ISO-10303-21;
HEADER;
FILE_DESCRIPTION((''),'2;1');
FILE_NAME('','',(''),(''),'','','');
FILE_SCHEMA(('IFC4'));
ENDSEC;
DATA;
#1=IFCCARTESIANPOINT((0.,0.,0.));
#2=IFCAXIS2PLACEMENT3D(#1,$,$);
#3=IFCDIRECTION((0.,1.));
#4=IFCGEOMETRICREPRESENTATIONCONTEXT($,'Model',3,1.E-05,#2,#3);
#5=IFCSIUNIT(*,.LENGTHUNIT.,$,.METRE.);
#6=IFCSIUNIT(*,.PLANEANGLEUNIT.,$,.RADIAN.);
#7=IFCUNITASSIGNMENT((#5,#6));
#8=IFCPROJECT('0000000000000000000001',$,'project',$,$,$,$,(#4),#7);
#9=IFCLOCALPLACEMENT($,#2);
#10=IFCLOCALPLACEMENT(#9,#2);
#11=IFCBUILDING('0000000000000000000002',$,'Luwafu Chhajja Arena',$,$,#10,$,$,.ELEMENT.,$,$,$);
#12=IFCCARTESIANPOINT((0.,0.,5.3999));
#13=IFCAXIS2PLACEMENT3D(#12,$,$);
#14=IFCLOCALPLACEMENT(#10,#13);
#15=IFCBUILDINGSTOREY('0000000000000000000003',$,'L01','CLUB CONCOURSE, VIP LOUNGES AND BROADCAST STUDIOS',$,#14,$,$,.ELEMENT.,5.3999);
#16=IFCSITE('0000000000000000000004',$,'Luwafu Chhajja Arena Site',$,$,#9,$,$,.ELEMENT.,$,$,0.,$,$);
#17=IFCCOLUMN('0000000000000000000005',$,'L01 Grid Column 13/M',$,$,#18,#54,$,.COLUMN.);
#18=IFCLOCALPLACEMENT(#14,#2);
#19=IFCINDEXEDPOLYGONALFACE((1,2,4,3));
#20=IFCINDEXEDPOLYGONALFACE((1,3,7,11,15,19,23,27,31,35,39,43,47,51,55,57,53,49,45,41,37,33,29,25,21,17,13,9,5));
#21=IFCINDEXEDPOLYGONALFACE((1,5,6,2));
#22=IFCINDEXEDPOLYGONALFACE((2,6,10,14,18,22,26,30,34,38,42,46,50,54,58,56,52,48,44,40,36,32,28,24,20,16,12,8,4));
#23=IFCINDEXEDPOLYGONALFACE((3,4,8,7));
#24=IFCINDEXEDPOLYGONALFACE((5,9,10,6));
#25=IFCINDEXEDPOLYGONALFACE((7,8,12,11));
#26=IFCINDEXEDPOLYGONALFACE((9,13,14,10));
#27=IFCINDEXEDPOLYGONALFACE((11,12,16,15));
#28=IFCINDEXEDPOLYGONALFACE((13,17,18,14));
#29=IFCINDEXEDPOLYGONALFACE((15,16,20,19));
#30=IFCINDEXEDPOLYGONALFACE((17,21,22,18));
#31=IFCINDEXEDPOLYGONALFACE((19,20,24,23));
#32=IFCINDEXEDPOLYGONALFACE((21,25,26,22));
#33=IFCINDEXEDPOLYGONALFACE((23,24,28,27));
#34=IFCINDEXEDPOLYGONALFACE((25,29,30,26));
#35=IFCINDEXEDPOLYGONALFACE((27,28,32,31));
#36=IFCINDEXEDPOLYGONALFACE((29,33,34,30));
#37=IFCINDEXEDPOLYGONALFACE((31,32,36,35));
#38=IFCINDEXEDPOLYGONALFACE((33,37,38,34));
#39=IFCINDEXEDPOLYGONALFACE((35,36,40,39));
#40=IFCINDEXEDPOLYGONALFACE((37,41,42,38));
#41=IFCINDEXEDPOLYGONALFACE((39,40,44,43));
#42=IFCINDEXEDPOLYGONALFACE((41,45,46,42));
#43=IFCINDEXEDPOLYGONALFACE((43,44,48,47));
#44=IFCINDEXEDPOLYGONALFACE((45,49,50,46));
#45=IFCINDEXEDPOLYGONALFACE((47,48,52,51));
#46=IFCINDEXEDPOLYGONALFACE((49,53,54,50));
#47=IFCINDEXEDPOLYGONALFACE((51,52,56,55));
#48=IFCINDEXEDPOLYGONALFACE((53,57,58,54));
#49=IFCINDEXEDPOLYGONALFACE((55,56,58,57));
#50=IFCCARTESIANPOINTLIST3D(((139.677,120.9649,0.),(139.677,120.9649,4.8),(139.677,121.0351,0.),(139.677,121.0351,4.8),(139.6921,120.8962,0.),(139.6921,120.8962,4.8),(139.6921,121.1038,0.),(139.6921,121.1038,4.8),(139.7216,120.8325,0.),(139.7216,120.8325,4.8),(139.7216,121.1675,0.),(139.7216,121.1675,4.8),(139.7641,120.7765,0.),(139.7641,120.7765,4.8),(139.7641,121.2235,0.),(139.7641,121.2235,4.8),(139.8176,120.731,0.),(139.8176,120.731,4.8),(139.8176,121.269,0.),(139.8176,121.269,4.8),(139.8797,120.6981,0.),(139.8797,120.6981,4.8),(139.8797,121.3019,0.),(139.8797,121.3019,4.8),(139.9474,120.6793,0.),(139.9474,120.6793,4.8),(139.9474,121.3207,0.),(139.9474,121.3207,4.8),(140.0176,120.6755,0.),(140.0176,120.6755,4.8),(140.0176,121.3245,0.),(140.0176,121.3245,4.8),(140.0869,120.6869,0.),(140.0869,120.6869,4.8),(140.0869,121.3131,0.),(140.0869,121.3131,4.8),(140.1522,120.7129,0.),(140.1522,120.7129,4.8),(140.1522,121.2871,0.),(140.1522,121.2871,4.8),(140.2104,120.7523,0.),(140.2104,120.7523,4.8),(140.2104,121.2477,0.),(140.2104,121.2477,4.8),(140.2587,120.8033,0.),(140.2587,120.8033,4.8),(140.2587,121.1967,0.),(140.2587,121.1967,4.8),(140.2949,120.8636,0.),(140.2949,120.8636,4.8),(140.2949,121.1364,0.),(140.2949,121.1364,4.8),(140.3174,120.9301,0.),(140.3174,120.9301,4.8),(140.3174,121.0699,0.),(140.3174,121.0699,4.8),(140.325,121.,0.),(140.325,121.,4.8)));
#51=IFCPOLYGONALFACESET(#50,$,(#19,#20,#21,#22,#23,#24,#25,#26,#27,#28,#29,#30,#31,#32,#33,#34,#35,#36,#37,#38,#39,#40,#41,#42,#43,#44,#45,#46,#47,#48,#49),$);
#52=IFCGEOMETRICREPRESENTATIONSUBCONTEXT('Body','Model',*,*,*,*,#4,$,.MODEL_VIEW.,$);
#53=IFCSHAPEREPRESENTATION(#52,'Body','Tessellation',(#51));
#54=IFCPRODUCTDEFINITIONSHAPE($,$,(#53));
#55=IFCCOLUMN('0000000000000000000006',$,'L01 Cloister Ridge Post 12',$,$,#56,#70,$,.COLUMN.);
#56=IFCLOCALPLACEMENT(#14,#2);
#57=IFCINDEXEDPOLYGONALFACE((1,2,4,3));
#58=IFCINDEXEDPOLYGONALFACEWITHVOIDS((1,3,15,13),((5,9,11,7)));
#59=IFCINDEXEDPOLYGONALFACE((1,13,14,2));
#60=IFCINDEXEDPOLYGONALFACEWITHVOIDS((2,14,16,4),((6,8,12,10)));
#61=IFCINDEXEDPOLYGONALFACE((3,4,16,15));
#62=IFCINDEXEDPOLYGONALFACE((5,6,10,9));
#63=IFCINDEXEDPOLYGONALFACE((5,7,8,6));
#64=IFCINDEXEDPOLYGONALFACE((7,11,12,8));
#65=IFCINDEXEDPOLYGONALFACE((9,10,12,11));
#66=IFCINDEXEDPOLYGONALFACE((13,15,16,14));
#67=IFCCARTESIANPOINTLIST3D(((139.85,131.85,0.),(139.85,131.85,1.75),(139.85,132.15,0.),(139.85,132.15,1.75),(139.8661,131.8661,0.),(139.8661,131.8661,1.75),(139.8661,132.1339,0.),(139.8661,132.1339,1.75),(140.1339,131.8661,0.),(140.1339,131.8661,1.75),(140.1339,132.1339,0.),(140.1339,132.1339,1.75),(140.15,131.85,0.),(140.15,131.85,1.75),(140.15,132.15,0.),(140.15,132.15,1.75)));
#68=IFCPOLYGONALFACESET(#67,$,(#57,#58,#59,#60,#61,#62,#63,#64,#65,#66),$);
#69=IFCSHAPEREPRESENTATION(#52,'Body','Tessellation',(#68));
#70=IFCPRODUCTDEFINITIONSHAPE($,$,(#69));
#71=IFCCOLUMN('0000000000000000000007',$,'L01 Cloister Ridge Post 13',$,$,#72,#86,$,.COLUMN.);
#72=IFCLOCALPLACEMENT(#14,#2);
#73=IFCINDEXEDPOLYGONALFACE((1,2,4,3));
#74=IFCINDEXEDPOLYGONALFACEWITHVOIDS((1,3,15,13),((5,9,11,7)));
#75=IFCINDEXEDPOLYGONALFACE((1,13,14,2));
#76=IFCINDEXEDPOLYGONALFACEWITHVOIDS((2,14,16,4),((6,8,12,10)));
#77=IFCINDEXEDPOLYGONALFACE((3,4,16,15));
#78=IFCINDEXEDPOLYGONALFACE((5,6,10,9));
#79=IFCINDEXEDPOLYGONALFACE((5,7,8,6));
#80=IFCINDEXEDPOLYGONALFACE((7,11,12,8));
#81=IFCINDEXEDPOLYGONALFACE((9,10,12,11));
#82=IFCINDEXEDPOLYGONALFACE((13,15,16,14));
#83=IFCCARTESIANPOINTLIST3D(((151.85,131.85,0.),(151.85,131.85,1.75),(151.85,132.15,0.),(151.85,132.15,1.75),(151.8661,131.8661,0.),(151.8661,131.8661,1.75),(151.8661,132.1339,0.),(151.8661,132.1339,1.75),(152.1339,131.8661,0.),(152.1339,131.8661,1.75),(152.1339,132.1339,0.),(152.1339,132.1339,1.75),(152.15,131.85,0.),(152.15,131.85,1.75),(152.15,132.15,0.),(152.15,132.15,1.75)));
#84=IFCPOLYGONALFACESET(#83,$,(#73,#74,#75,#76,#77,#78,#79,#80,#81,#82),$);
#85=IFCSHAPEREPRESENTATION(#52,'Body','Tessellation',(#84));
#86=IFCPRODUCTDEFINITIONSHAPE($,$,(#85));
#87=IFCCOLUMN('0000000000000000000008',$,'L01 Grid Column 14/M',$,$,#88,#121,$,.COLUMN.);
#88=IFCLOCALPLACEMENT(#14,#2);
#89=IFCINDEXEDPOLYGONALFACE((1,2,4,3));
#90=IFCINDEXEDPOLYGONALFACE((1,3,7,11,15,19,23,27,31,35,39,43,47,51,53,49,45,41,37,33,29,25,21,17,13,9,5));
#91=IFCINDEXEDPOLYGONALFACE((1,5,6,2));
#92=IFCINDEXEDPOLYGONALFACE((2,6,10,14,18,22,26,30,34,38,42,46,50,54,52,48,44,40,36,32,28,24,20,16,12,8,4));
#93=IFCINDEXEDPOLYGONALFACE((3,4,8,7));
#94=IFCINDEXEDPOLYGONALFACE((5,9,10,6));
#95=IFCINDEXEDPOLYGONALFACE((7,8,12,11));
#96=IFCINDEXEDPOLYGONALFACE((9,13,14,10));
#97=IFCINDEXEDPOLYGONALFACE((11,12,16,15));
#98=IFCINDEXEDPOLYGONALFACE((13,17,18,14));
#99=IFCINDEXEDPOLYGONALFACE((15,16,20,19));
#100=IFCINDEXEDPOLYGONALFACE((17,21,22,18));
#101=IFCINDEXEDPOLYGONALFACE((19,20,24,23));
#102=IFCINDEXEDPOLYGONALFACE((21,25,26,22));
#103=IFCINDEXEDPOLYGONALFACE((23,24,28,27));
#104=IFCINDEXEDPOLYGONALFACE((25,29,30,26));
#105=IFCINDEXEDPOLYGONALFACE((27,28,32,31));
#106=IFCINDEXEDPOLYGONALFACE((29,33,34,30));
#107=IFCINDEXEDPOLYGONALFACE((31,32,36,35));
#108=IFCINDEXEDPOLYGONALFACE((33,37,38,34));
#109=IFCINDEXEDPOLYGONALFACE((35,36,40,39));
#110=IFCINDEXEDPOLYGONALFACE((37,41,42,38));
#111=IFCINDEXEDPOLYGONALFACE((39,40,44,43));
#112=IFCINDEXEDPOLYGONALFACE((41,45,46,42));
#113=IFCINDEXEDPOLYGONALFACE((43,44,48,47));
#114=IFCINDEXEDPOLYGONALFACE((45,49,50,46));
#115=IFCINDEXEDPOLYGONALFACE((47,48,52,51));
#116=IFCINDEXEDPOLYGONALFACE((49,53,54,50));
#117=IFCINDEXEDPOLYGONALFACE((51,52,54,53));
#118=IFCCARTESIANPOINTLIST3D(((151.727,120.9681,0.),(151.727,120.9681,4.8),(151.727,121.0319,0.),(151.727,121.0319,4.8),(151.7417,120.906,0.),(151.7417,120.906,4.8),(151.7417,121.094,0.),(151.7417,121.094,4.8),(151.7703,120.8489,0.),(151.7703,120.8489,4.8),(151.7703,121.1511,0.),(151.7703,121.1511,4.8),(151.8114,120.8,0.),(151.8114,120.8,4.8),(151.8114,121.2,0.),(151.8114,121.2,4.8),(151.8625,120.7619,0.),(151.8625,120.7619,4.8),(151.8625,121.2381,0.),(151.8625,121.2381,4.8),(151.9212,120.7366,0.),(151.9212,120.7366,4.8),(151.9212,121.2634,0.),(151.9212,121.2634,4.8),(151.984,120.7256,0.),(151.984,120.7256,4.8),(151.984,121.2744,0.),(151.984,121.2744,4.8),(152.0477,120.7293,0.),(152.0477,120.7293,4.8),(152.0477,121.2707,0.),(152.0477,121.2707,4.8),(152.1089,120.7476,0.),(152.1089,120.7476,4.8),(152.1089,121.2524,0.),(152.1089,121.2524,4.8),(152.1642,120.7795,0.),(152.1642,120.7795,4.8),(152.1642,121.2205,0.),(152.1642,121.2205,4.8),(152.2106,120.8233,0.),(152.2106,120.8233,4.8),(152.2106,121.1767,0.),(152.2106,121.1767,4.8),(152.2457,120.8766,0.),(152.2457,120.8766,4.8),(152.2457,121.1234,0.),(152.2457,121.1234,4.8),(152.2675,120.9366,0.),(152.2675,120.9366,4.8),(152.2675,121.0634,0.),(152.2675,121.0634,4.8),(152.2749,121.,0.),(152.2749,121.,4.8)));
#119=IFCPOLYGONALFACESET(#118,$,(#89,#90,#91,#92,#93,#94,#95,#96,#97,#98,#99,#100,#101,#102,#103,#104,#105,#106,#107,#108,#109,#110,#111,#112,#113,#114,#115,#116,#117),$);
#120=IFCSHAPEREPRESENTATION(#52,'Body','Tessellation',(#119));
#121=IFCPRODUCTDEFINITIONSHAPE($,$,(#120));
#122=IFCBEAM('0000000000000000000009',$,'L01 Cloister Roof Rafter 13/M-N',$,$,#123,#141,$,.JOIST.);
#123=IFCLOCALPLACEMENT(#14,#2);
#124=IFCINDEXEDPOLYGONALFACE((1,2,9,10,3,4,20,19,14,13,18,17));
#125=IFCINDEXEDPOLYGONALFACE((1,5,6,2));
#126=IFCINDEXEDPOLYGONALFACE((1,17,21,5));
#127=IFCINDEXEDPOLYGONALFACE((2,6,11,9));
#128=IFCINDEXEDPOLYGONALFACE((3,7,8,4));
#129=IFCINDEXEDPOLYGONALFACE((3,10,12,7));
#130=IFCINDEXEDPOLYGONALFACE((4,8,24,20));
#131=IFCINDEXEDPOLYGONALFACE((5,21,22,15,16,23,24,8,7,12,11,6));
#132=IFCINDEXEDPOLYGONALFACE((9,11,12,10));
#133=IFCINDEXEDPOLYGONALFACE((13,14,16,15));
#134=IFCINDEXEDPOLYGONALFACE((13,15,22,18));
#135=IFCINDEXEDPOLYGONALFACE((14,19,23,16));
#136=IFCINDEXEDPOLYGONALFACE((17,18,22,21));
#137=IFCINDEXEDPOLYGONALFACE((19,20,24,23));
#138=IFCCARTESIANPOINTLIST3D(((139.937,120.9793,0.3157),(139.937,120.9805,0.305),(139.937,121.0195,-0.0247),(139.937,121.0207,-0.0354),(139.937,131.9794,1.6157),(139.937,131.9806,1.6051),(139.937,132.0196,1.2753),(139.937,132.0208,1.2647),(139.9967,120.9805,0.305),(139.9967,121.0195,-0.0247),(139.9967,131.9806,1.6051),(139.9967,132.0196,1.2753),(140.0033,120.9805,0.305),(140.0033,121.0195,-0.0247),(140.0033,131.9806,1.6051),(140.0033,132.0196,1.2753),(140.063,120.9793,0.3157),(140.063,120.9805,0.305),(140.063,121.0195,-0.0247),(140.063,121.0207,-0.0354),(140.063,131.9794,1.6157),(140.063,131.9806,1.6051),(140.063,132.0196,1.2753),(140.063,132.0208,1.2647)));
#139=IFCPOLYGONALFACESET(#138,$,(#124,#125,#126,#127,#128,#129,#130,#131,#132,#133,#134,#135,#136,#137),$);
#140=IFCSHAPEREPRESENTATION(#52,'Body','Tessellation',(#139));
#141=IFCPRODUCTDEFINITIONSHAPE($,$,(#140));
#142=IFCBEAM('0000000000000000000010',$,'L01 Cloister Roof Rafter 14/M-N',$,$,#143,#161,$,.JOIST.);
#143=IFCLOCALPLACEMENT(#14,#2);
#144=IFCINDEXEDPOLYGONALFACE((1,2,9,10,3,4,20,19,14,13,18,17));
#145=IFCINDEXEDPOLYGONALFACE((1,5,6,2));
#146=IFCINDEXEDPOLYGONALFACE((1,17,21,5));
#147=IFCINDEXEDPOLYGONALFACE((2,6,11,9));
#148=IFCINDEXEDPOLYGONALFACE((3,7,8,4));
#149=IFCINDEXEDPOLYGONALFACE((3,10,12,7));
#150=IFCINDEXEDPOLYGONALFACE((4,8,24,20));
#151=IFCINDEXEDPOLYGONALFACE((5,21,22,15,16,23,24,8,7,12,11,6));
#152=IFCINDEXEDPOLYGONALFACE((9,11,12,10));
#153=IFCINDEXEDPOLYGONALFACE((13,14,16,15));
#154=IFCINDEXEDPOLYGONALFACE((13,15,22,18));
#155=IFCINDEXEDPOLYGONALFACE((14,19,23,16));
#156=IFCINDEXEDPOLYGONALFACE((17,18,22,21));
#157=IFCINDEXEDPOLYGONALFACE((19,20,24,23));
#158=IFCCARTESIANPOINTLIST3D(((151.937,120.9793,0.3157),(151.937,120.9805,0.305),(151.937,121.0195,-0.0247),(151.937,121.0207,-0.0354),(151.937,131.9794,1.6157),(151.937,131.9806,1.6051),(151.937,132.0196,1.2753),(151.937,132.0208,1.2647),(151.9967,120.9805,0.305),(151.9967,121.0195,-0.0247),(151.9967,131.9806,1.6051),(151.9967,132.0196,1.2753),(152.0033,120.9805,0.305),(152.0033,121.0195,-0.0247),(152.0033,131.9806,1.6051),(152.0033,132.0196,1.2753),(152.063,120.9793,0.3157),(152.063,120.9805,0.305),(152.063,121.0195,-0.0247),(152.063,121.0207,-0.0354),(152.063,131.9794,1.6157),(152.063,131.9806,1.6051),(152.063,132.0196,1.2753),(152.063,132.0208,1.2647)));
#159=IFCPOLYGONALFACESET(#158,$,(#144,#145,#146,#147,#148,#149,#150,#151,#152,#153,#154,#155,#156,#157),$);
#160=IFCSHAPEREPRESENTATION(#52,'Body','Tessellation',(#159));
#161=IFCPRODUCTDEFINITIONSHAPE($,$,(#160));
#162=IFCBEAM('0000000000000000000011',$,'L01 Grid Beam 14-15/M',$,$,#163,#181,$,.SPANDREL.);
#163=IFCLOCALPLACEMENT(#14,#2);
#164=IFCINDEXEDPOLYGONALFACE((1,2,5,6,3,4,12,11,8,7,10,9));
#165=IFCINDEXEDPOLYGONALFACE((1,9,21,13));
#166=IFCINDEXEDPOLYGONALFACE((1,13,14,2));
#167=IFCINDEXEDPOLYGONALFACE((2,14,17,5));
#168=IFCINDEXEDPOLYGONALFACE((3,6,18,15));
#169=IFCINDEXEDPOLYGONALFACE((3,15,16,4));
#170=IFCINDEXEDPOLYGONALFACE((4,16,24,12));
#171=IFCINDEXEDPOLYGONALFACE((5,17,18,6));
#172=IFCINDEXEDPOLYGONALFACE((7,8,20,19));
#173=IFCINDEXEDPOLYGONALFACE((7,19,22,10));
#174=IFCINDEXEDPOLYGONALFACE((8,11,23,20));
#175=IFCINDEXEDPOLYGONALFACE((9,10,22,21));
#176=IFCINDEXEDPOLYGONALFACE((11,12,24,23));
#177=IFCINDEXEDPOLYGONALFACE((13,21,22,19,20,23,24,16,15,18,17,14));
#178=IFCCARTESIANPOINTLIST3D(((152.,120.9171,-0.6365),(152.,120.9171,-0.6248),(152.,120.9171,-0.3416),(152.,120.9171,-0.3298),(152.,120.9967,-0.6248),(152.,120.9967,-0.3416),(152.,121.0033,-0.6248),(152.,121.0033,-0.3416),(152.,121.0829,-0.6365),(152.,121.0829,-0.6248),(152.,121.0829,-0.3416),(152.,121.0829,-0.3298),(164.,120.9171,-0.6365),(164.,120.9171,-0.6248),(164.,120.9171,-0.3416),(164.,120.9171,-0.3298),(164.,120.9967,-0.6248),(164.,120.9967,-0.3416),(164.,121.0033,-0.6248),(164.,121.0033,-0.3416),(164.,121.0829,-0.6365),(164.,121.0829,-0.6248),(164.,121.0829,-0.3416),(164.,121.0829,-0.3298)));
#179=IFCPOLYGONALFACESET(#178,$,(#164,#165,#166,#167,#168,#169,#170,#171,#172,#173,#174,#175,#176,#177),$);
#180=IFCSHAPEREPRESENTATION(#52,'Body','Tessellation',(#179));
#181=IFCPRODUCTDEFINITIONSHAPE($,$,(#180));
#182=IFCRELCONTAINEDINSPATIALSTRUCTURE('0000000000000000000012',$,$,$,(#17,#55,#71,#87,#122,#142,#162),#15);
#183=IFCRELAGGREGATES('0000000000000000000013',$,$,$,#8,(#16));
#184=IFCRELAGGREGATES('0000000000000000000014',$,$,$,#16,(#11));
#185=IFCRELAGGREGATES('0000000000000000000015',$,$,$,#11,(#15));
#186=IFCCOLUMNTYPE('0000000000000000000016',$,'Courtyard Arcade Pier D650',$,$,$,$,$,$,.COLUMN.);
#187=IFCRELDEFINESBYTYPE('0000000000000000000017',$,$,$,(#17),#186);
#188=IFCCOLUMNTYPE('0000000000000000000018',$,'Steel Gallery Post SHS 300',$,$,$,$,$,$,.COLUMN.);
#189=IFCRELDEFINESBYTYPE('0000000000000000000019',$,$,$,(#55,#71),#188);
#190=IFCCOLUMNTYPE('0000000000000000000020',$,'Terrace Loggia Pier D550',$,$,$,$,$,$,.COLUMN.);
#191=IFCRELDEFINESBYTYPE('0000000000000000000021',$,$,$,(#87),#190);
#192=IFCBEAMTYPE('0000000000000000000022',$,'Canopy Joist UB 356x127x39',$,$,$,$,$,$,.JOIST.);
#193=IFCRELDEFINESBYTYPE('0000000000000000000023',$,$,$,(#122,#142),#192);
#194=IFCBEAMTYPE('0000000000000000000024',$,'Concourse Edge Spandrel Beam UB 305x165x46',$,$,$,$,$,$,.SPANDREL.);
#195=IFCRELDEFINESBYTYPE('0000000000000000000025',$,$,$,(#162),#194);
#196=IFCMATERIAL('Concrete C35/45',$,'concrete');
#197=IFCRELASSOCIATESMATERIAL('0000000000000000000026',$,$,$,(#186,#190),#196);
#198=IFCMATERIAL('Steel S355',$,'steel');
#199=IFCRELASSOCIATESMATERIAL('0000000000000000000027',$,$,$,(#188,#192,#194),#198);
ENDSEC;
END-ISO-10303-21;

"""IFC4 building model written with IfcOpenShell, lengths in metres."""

from ifc_helpers import new_model, si_unit, direction, frame, origin, origin_2d, place, context, subcontext, project, spatial, hollow_rectangle, circle, i_section, extrude, material, material_profile, profile_set, type_object, element, save


model = new_model("IFC4")

# Units and contexts
model_context = context("Model", 3, precision=1e-05, world=origin(), true_north=direction((0.0, 1.0)))
body_context = subcontext(model_context, "Body", "Model", "MODEL_VIEW")
ifc_project = project(units=[si_unit("LENGTHUNIT", "METRE"), si_unit("PLANEANGLEUNIT", "RADIAN")], contexts=[model_context])

# Site, building, storey
site_placement = place(None, origin())
site = spatial("IfcSite", under=ifc_project, at=site_placement, Name="Luwafu Chhajja Arena Site", CompositionType="ELEMENT", RefElevation=0.0)
building_placement = place(site_placement, origin())
building = spatial("IfcBuilding", under=site, at=building_placement, Name="Luwafu Chhajja Arena", CompositionType="ELEMENT")
storey_placement = place(building_placement, frame((0.0, 0.0, 5.3999)))
storey = spatial("IfcBuildingStorey", under=building, at=storey_placement, Name="L01", Description="CLUB CONCOURSE, VIP LOUNGES AND BROADCAST STUDIOS", CompositionType="ELEMENT", Elevation=5.3999)

# Columns
ifc_material_1 = material(Name="Concrete C35/45", Category="concrete")
ifc_material_profile_1 = material_profile(ifc_material_1, circle(Radius=0.325, at=origin_2d()), Name="RC COL D650")
ifc_profile_set_1 = profile_set([ifc_material_profile_1], Name="Concrete C35/45")
column_type_1 = type_object("IfcColumnType", Name="Courtyard Arcade Pier D650", PredefinedType="COLUMN", material=ifc_profile_set_1)
column_1_placement = place(storey_placement, frame((140.0, 121.0, 0.0), z_axis=(0.0, 0.0, 1.0), x_axis=(1.0, 0.0, 0.0)))
element("IfcColumn", 1, at=column_1_placement, inside=storey, type_object=column_type_1, Name="L01 Grid Column 13/M", PredefinedType="COLUMN", context=body_context, shape_type="SweptSolid", body=[
    extrude(circle(Radius=0.325, at=origin_2d()), origin(), (0.0, 0.0, 1.0), 4.8),
])
ifc_material_2 = material(Name="Steel S355", Category="steel")
ifc_material_profile_2 = material_profile(ifc_material_2, hollow_rectangle(XDim=0.3, YDim=0.3, WallThickness=0.0161, at=origin_2d()), Name="SHS 300x300x16")
ifc_profile_set_2 = profile_set([ifc_material_profile_2], Name="Steel S355")
column_type_2 = type_object("IfcColumnType", Name="Steel Gallery Post SHS 300", PredefinedType="COLUMN", material=ifc_profile_set_2)
for number, where, z_axis, x_axis, name in (
    (2, (140.0, 132.0, 0.0), (0.0, 0.0, 1.0), (1.0, 0.0, 0.0), "L01 Cloister Ridge Post 12"),
    (3, (152.0, 132.0, 0.0), (0.0, 0.0, 1.0), (1.0, 0.0, 0.0), "L01 Cloister Ridge Post 13"),
):
    element("IfcColumn", number, at=place(storey_placement, frame(where, z_axis=z_axis, x_axis=x_axis)), inside=storey, type_object=column_type_2, Name=name, PredefinedType="COLUMN", context=body_context, shape_type="SweptSolid", body=[
        extrude(hollow_rectangle(XDim=0.3, YDim=0.3, WallThickness=0.0161, at=origin_2d()), origin(), (0.0, 0.0, 1.0), 1.75),
    ])
ifc_material_profile_3 = material_profile(ifc_material_1, circle(Radius=0.2749, at=origin_2d()), Name="RC COL D550")
ifc_profile_set_3 = profile_set([ifc_material_profile_3], Name="Concrete C35/45")
column_type_3 = type_object("IfcColumnType", Name="Terrace Loggia Pier D550", PredefinedType="COLUMN", material=ifc_profile_set_3)
column_2_placement = place(storey_placement, frame((152.0, 121.0, 0.0), z_axis=(0.0, 0.0, 1.0), x_axis=(1.0, 0.0, 0.0)))
element("IfcColumn", 4, at=column_2_placement, inside=storey, type_object=column_type_3, Name="L01 Grid Column 14/M", PredefinedType="COLUMN", context=body_context, shape_type="SweptSolid", body=[
    extrude(circle(Radius=0.2749, at=origin_2d()), origin(), (0.0, 0.0, 1.0), 4.8),
])

# Beams
ifc_material_profile_4 = material_profile(ifc_material_2, i_section(OverallWidth=0.126, OverallDepth=0.3535, WebThickness=0.0066, FlangeThickness=0.0107, at=origin_2d()), Name="UB 356x127x39")
ifc_profile_set_4 = profile_set([ifc_material_profile_4], Name="Steel S355")
beam_type_1 = type_object("IfcBeamType", Name="Canopy Joist UB 356x127x39", PredefinedType="JOIST", material=ifc_profile_set_4)
for number, where, z_axis, x_axis, name in (
    (5, (140.0, 121.0, 0.1401), (0.0, 0.993088, 0.117369), (-1.0, 0.0, 0.0), "L01 Cloister Roof Rafter 13/M-N"),
    (6, (152.0, 121.0, 0.1401), (0.0, 0.993088, 0.117369), (-1.0, 0.0, 0.0), "L01 Cloister Roof Rafter 14/M-N"),
):
    element("IfcBeam", number, at=place(storey_placement, frame(where, z_axis=z_axis, x_axis=x_axis)), inside=storey, type_object=beam_type_1, Name=name, PredefinedType="JOIST", context=body_context, shape_type="SweptSolid", body=[
        extrude(i_section(OverallWidth=0.126, OverallDepth=0.3535, WebThickness=0.0066, FlangeThickness=0.0107, at=origin_2d()), origin(), (0.0, 0.0, 1.0), 11.0767),
    ])
ifc_material_profile_5 = material_profile(ifc_material_2, i_section(OverallWidth=0.1658, OverallDepth=0.3066, WebThickness=0.0066, FlangeThickness=0.0117, at=origin_2d()), Name="UB 305x165x46")
ifc_profile_set_5 = profile_set([ifc_material_profile_5], Name="Steel S355")
beam_type_2 = type_object("IfcBeamType", Name="Concourse Edge Spandrel Beam UB 305x165x46", PredefinedType="SPANDREL", material=ifc_profile_set_5)
beam_1_placement = place(storey_placement, frame((152.0, 121.0, -0.4832), z_axis=(1.0, 0.0, 0.0), x_axis=(0.0, 1.0, 0.0)))
element("IfcBeam", 7, at=beam_1_placement, inside=storey, type_object=beam_type_2, Name="L01 Grid Beam 14-15/M", PredefinedType="SPANDREL", context=body_context, shape_type="SweptSolid", body=[
    extrude(i_section(OverallWidth=0.1658, OverallDepth=0.3066, WebThickness=0.0066, FlangeThickness=0.0117, at=origin_2d()), origin(), (0.0, 0.0, 1.0), 12.0),
])

save(model, "model.ifc")
